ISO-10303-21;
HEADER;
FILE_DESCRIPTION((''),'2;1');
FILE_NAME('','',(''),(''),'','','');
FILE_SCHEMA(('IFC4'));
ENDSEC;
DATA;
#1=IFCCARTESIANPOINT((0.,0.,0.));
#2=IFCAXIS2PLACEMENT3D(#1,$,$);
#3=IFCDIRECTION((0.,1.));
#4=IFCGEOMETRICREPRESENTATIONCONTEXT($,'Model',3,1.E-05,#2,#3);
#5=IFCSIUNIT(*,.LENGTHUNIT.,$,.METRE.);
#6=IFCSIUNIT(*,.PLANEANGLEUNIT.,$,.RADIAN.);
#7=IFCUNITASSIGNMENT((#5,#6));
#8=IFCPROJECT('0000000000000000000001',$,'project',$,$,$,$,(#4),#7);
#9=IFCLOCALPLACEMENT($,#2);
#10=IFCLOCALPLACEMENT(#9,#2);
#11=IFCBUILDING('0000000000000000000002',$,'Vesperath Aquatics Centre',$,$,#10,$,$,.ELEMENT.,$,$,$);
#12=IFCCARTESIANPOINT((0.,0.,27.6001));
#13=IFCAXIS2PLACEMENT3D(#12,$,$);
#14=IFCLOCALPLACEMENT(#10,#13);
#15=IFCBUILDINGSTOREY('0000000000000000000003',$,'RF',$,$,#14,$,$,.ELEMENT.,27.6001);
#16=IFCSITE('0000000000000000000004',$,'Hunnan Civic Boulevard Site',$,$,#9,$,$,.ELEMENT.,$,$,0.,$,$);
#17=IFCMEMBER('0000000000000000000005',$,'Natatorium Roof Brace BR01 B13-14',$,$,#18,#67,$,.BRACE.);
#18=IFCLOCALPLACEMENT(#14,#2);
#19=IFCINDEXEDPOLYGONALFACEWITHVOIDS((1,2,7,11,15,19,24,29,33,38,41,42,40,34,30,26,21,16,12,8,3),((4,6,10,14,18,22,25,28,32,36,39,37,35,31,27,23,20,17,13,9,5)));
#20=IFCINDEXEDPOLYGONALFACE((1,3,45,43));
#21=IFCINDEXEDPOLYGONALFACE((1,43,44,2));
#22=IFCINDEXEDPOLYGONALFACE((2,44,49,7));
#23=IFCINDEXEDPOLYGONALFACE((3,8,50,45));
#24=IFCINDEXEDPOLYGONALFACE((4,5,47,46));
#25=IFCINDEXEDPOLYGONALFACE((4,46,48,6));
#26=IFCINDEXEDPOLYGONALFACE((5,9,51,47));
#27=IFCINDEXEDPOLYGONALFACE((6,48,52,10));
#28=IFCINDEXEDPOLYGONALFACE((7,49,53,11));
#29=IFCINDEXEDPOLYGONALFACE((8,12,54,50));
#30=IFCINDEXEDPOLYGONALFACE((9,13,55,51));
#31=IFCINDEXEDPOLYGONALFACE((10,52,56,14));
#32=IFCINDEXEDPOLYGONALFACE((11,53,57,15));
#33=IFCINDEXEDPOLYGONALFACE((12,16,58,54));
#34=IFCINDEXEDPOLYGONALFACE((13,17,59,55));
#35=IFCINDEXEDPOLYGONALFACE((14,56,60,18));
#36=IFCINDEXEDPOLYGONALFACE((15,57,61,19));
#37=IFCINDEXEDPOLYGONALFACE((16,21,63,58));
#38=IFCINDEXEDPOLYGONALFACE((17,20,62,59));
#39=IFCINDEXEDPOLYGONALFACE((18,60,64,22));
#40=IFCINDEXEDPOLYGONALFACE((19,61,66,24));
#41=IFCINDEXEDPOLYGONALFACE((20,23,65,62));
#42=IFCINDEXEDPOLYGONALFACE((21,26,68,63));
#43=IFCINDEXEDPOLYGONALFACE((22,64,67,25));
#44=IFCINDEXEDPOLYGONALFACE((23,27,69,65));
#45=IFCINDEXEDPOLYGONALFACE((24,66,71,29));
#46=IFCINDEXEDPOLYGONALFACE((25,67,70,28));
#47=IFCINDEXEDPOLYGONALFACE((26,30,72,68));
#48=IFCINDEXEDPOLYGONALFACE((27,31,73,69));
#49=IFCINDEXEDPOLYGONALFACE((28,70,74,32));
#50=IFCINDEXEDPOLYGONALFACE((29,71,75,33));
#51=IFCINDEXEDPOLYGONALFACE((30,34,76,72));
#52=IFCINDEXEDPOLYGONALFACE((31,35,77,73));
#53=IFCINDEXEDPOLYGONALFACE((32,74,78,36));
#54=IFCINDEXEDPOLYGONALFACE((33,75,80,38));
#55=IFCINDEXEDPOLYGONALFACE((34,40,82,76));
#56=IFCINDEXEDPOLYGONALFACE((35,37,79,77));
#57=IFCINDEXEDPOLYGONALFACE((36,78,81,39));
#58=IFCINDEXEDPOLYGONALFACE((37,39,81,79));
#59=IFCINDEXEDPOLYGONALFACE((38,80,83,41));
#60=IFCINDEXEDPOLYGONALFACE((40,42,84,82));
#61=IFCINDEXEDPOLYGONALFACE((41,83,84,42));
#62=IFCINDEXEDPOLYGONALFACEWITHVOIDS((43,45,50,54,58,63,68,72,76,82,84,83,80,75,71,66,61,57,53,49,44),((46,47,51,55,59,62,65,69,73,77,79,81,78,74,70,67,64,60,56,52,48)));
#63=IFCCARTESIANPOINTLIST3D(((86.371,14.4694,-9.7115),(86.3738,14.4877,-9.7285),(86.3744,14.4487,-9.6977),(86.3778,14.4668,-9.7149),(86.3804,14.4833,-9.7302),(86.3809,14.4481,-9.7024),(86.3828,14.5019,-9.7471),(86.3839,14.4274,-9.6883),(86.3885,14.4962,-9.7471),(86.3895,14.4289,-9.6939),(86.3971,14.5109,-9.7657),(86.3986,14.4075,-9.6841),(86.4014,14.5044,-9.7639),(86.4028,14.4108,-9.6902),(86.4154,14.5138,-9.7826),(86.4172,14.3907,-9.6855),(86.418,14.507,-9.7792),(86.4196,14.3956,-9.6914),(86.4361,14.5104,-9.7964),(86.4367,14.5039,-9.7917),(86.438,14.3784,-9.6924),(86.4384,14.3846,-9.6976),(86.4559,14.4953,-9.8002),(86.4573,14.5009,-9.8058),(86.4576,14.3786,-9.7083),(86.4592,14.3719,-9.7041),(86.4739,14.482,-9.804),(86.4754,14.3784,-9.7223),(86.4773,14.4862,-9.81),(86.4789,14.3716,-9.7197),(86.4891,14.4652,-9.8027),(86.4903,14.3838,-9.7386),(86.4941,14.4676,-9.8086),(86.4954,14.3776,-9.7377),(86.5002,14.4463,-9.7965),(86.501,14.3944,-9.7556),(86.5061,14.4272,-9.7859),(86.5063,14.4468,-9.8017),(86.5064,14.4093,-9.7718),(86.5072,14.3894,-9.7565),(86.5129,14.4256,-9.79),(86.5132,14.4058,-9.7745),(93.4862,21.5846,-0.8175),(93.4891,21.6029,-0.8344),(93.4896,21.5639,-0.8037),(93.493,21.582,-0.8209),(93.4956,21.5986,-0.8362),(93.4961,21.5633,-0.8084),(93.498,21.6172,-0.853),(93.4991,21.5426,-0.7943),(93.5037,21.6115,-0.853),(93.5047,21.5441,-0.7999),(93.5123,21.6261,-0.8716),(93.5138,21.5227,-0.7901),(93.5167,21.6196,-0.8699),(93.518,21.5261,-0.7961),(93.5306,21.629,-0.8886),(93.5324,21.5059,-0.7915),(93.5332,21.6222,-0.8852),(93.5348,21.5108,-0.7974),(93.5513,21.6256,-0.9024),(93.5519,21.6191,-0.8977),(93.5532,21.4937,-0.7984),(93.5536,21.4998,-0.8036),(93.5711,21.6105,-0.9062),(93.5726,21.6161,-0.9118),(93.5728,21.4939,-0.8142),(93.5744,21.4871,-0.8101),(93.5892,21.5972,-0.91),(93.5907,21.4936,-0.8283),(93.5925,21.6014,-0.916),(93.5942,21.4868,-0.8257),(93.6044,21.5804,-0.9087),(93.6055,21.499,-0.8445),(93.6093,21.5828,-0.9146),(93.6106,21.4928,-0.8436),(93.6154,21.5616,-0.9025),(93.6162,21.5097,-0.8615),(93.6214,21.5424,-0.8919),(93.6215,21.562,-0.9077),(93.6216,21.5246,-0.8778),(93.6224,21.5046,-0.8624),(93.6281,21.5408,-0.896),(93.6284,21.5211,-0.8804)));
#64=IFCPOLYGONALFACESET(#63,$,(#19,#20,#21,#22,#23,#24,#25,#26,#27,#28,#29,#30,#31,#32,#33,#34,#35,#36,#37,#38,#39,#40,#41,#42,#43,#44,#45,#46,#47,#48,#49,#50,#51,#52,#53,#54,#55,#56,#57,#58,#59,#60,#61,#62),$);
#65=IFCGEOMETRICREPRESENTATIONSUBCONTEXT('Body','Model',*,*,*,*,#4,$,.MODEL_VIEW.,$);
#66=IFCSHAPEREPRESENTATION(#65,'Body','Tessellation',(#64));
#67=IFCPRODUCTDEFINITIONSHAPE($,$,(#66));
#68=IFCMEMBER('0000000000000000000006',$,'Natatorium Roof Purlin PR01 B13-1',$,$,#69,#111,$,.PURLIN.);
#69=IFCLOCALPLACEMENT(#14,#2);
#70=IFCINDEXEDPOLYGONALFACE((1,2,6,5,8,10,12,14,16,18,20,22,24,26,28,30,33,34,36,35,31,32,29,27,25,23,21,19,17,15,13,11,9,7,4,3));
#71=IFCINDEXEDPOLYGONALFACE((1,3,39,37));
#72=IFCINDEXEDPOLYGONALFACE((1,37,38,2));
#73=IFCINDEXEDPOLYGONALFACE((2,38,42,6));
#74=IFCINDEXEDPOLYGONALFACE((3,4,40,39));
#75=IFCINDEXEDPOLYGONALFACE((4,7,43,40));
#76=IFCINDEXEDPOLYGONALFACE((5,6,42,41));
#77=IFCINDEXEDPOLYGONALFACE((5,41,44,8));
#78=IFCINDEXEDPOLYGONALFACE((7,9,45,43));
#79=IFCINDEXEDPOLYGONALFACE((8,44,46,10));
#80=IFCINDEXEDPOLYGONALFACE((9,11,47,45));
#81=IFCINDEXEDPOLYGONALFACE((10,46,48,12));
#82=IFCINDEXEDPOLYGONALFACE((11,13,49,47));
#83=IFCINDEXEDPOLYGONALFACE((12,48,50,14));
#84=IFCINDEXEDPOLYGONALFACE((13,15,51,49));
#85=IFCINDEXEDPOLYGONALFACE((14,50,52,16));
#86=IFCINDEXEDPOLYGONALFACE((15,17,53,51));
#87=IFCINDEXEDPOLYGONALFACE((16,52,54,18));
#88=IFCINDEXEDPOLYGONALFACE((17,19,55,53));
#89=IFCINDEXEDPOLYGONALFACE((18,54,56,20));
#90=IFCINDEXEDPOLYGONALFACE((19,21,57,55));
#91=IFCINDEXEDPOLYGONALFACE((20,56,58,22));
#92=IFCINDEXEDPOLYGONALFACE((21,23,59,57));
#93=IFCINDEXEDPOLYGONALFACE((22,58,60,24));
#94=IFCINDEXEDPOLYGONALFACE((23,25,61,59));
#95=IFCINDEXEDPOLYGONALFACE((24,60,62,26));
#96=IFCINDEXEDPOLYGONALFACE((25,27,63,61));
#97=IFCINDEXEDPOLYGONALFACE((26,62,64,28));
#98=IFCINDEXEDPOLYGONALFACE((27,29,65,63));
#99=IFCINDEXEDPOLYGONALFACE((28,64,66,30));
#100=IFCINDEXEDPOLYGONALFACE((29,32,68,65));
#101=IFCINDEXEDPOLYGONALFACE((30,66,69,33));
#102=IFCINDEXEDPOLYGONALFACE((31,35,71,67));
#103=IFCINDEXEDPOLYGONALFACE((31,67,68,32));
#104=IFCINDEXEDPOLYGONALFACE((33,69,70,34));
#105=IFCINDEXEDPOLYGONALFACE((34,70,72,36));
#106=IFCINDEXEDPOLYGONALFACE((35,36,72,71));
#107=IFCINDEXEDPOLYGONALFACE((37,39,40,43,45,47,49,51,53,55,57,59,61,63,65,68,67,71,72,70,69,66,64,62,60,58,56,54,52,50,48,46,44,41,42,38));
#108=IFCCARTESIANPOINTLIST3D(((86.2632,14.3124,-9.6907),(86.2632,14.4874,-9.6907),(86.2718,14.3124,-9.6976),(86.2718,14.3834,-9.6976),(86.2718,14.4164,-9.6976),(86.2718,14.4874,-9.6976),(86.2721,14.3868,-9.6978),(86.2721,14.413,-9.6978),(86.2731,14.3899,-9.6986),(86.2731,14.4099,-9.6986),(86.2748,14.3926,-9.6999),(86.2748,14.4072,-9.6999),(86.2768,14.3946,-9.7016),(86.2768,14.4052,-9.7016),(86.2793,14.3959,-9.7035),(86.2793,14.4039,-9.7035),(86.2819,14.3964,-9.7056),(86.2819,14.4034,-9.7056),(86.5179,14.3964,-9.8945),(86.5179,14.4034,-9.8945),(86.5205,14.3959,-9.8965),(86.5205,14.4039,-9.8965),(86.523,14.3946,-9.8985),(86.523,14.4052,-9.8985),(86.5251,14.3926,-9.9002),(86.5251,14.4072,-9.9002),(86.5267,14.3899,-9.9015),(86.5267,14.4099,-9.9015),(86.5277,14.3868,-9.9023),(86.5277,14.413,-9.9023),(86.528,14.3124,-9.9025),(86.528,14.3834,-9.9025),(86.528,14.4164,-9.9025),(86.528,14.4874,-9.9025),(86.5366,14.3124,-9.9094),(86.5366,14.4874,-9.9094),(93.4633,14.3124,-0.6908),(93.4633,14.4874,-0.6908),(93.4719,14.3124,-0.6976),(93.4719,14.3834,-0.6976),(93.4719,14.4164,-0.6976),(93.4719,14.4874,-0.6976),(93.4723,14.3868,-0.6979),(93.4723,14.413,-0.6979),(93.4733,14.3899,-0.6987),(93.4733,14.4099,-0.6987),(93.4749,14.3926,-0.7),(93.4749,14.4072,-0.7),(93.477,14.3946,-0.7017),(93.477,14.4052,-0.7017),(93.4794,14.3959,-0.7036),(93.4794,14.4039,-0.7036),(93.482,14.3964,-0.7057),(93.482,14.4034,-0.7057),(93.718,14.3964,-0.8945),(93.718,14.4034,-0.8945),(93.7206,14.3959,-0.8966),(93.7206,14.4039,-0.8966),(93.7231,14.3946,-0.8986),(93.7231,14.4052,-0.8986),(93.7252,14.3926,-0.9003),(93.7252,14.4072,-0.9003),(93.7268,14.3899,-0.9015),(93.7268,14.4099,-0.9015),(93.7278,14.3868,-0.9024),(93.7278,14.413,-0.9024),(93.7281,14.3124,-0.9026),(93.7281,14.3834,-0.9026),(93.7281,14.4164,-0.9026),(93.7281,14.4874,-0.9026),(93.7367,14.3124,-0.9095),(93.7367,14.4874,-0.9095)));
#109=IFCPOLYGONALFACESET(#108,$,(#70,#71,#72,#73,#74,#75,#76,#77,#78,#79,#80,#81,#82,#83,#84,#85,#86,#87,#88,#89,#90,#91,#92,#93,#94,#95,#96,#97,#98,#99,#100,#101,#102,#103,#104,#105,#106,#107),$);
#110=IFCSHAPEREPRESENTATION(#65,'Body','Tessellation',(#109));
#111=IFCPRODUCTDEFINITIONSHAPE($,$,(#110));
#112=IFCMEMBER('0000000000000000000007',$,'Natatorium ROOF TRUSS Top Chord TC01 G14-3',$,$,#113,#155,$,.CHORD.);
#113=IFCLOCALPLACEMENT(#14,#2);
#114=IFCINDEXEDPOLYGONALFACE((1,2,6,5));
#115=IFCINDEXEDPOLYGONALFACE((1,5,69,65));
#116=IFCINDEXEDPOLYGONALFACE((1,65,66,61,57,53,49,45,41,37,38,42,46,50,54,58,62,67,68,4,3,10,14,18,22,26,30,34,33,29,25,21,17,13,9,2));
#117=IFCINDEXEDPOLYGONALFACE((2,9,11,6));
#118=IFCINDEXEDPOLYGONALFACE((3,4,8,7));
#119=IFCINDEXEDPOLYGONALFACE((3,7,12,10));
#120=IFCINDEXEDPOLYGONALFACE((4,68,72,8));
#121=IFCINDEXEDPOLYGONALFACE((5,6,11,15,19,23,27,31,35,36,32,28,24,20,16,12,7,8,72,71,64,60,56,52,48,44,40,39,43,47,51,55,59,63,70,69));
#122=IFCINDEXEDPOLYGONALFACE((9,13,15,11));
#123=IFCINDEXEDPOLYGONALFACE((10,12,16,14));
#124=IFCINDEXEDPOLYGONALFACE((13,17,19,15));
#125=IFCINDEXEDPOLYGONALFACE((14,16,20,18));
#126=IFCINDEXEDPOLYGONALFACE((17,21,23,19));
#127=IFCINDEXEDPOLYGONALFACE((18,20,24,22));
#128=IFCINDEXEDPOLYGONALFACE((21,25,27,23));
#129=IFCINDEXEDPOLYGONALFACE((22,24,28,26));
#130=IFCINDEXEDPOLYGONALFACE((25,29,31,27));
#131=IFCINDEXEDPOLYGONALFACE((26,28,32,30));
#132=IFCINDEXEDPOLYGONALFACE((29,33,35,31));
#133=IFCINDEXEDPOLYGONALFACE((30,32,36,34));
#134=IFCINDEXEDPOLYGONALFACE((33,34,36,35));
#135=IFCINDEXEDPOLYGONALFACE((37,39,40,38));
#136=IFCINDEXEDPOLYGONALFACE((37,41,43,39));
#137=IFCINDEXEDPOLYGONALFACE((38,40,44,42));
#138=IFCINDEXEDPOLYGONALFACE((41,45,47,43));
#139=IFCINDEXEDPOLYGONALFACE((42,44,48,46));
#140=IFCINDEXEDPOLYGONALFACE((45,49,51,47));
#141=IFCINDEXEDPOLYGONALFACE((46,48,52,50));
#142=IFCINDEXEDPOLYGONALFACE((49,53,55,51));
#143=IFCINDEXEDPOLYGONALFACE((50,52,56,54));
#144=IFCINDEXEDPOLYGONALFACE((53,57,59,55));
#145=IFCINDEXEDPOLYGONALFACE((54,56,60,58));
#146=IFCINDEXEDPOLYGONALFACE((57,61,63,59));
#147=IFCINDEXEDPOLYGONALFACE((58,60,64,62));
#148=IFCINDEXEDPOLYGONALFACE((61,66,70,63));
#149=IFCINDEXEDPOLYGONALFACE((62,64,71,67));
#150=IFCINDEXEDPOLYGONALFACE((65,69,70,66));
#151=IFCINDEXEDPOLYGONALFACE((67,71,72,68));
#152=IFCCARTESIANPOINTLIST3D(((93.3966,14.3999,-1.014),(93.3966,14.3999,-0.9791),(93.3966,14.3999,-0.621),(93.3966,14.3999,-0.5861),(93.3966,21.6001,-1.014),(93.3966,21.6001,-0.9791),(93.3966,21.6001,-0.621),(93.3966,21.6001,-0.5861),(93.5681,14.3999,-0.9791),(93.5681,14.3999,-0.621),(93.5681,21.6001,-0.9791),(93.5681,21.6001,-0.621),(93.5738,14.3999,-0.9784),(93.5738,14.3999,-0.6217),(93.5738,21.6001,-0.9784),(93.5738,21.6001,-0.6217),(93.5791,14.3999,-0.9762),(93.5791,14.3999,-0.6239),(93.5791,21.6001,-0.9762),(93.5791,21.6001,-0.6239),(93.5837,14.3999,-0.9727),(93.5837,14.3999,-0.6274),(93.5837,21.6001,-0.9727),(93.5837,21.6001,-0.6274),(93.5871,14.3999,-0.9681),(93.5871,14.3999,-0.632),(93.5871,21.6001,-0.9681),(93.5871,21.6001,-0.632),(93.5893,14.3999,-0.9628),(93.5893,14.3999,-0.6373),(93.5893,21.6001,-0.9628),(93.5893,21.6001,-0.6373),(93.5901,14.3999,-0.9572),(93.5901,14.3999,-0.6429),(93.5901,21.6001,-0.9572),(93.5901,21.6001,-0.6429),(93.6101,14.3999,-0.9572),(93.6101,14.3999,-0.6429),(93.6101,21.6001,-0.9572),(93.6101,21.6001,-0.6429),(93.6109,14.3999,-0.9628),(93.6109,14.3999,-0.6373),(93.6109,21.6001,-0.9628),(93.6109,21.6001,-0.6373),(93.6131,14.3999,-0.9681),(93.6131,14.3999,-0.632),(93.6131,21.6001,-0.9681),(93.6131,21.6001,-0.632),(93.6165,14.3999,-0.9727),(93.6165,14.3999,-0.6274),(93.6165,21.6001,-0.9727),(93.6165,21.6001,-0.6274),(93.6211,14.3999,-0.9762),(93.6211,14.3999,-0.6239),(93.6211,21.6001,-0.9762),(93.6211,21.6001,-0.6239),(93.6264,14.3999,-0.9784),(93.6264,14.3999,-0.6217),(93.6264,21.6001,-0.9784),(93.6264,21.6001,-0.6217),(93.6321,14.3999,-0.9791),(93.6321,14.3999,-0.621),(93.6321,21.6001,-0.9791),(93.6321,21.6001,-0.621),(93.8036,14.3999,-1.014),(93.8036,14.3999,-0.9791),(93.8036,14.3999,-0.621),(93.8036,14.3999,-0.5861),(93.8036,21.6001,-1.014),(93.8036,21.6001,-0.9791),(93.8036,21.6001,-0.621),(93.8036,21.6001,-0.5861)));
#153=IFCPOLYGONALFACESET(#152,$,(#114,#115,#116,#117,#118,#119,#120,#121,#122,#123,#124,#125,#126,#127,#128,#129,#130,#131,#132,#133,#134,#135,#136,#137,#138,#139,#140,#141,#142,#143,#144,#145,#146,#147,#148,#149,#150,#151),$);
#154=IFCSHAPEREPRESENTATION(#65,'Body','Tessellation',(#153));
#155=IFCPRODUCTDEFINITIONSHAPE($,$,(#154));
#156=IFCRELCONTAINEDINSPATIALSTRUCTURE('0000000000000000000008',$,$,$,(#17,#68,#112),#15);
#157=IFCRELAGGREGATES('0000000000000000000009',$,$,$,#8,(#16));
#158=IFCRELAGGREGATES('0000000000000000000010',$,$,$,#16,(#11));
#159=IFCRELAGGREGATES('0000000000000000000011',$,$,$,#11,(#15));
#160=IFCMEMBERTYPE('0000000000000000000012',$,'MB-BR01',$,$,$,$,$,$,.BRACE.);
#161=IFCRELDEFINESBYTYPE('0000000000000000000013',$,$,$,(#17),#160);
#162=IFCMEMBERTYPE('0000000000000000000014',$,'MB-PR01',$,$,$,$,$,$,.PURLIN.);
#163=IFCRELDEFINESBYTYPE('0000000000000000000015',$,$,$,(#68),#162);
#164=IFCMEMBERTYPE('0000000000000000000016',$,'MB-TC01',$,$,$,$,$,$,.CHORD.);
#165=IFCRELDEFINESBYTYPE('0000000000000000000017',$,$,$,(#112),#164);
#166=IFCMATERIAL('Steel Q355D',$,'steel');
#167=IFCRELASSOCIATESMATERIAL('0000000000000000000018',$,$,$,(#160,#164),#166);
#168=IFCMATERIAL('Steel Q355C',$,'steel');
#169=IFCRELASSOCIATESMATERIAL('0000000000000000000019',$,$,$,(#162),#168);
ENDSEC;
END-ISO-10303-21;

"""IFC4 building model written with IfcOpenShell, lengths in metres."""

from ifc_helpers import new_model, si_unit, direction, frame, origin, origin_2d, place, context, subcontext, project, spatial, hollow_circle, i_section, extrude, material, material_profile, profile_set, type_object, element, save


model = new_model("IFC4")

# Units and contexts
model_context = context("Model", 3, precision=1e-05, world=origin(), true_north=direction((0.0, 1.0)))
body_context = subcontext(model_context, "Body", "Model", "MODEL_VIEW")
ifc_project = project(units=[si_unit("LENGTHUNIT", "METRE"), si_unit("PLANEANGLEUNIT", "RADIAN")], contexts=[model_context])

# Site, building, storey
site_placement = place(None, origin())
site = spatial("IfcSite", under=ifc_project, at=site_placement, Name="Hunnan Civic Boulevard Site", CompositionType="ELEMENT", RefElevation=0.0)
building_placement = place(site_placement, origin())
building = spatial("IfcBuilding", under=site, at=building_placement, Name="Vesperath Aquatics Centre", CompositionType="ELEMENT")
storey_placement = place(building_placement, frame((0.0, 0.0, 27.6001)))
storey = spatial("IfcBuildingStorey", under=building, at=storey_placement, Name="RF", CompositionType="ELEMENT", Elevation=27.6001)

# Shared definitions
ifc_material_1 = material(Name="Steel Q355C", Category="steel")

# Members
ifc_material_2 = material(Name="Steel Q355D", Category="steel")
ifc_material_profile_1 = material_profile(ifc_material_2, hollow_circle(Radius=0.0842, WallThickness=0.0081, at=origin_2d()), Name="CHS 168.3x8")
ifc_profile_set_1 = profile_set([ifc_material_profile_1], Name="Steel Q355D")
member_type_1 = type_object("IfcMemberType", Name="MB-BR01", PredefinedType="BRACE", material=ifc_profile_set_1)
member_1_placement = place(storey_placement, frame((86.4424, 14.4424, -9.7471), z_axis=(0.529813, 0.529813, 0.662266), x_axis=(-0.707107, 0.707107, 0.0)))
element("IfcMember", 1, at=member_1_placement, inside=storey, type_object=member_type_1, Name="Natatorium Roof Brace BR01 B13-14", PredefinedType="BRACE", context=body_context, shape_type="SweptSolid", body=[
    extrude(hollow_circle(Radius=0.0842, WallThickness=0.0081, at=origin_2d()), origin(), (0.0, 0.0, 1.0), 13.4297),
])
ifc_material_profile_2 = material_profile(ifc_material_1, i_section(OverallWidth=0.175, OverallDepth=0.3501, WebThickness=0.0071, FlangeThickness=0.011, FilletRadius=0.0129, at=origin_2d()), Name="HN 350x175x7x11")
ifc_profile_set_2 = profile_set([ifc_material_profile_2], Name="Steel Q355C")
member_type_2 = type_object("IfcMemberType", Name="MB-PR01", PredefinedType="PURLIN", material=ifc_profile_set_2)
member_2_placement = place(storey_placement, frame((86.3999, 14.3999, -9.8), z_axis=(0.624705, 0.0, 0.780861), x_axis=(0.0, 1.0, 0.0)))
element("IfcMember", 2, at=member_2_placement, inside=storey, type_object=member_type_2, Name="Natatorium Roof Purlin PR01 B13-1", PredefinedType="PURLIN", context=body_context, shape_type="SweptSolid", body=[
    extrude(i_section(OverallWidth=0.175, OverallDepth=0.3501, WebThickness=0.0071, FlangeThickness=0.011, FilletRadius=0.0129, at=origin_2d()), origin(), (0.0, 0.0, 1.0), 11.5256),
])
ifc_material_profile_3 = material_profile(ifc_material_2, i_section(OverallWidth=0.407, OverallDepth=0.428, WebThickness=0.02, FlangeThickness=0.0349, FilletRadius=0.022, at=origin_2d()), Name="HW 428x407x20x35")
ifc_profile_set_3 = profile_set([ifc_material_profile_3], Name="Steel Q355D")
member_type_3 = type_object("IfcMemberType", Name="MB-TC01", PredefinedType="CHORD", material=ifc_profile_set_3)
member_3_placement = place(storey_placement, frame((93.6001, 14.3999, -0.8), z_axis=(0.0, 1.0, 0.0), x_axis=(-1.0, 0.0, 0.0)))
element("IfcMember", 3, at=member_3_placement, inside=storey, type_object=member_type_3, Name="Natatorium ROOF TRUSS Top Chord TC01 G14-3", PredefinedType="CHORD", context=body_context, shape_type="SweptSolid", body=[
    extrude(i_section(OverallWidth=0.407, OverallDepth=0.428, WebThickness=0.02, FlangeThickness=0.0349, FilletRadius=0.022, at=origin_2d()), origin(), (0.0, 0.0, 1.0), 7.2002),
])

save(model, "model.ifc")
